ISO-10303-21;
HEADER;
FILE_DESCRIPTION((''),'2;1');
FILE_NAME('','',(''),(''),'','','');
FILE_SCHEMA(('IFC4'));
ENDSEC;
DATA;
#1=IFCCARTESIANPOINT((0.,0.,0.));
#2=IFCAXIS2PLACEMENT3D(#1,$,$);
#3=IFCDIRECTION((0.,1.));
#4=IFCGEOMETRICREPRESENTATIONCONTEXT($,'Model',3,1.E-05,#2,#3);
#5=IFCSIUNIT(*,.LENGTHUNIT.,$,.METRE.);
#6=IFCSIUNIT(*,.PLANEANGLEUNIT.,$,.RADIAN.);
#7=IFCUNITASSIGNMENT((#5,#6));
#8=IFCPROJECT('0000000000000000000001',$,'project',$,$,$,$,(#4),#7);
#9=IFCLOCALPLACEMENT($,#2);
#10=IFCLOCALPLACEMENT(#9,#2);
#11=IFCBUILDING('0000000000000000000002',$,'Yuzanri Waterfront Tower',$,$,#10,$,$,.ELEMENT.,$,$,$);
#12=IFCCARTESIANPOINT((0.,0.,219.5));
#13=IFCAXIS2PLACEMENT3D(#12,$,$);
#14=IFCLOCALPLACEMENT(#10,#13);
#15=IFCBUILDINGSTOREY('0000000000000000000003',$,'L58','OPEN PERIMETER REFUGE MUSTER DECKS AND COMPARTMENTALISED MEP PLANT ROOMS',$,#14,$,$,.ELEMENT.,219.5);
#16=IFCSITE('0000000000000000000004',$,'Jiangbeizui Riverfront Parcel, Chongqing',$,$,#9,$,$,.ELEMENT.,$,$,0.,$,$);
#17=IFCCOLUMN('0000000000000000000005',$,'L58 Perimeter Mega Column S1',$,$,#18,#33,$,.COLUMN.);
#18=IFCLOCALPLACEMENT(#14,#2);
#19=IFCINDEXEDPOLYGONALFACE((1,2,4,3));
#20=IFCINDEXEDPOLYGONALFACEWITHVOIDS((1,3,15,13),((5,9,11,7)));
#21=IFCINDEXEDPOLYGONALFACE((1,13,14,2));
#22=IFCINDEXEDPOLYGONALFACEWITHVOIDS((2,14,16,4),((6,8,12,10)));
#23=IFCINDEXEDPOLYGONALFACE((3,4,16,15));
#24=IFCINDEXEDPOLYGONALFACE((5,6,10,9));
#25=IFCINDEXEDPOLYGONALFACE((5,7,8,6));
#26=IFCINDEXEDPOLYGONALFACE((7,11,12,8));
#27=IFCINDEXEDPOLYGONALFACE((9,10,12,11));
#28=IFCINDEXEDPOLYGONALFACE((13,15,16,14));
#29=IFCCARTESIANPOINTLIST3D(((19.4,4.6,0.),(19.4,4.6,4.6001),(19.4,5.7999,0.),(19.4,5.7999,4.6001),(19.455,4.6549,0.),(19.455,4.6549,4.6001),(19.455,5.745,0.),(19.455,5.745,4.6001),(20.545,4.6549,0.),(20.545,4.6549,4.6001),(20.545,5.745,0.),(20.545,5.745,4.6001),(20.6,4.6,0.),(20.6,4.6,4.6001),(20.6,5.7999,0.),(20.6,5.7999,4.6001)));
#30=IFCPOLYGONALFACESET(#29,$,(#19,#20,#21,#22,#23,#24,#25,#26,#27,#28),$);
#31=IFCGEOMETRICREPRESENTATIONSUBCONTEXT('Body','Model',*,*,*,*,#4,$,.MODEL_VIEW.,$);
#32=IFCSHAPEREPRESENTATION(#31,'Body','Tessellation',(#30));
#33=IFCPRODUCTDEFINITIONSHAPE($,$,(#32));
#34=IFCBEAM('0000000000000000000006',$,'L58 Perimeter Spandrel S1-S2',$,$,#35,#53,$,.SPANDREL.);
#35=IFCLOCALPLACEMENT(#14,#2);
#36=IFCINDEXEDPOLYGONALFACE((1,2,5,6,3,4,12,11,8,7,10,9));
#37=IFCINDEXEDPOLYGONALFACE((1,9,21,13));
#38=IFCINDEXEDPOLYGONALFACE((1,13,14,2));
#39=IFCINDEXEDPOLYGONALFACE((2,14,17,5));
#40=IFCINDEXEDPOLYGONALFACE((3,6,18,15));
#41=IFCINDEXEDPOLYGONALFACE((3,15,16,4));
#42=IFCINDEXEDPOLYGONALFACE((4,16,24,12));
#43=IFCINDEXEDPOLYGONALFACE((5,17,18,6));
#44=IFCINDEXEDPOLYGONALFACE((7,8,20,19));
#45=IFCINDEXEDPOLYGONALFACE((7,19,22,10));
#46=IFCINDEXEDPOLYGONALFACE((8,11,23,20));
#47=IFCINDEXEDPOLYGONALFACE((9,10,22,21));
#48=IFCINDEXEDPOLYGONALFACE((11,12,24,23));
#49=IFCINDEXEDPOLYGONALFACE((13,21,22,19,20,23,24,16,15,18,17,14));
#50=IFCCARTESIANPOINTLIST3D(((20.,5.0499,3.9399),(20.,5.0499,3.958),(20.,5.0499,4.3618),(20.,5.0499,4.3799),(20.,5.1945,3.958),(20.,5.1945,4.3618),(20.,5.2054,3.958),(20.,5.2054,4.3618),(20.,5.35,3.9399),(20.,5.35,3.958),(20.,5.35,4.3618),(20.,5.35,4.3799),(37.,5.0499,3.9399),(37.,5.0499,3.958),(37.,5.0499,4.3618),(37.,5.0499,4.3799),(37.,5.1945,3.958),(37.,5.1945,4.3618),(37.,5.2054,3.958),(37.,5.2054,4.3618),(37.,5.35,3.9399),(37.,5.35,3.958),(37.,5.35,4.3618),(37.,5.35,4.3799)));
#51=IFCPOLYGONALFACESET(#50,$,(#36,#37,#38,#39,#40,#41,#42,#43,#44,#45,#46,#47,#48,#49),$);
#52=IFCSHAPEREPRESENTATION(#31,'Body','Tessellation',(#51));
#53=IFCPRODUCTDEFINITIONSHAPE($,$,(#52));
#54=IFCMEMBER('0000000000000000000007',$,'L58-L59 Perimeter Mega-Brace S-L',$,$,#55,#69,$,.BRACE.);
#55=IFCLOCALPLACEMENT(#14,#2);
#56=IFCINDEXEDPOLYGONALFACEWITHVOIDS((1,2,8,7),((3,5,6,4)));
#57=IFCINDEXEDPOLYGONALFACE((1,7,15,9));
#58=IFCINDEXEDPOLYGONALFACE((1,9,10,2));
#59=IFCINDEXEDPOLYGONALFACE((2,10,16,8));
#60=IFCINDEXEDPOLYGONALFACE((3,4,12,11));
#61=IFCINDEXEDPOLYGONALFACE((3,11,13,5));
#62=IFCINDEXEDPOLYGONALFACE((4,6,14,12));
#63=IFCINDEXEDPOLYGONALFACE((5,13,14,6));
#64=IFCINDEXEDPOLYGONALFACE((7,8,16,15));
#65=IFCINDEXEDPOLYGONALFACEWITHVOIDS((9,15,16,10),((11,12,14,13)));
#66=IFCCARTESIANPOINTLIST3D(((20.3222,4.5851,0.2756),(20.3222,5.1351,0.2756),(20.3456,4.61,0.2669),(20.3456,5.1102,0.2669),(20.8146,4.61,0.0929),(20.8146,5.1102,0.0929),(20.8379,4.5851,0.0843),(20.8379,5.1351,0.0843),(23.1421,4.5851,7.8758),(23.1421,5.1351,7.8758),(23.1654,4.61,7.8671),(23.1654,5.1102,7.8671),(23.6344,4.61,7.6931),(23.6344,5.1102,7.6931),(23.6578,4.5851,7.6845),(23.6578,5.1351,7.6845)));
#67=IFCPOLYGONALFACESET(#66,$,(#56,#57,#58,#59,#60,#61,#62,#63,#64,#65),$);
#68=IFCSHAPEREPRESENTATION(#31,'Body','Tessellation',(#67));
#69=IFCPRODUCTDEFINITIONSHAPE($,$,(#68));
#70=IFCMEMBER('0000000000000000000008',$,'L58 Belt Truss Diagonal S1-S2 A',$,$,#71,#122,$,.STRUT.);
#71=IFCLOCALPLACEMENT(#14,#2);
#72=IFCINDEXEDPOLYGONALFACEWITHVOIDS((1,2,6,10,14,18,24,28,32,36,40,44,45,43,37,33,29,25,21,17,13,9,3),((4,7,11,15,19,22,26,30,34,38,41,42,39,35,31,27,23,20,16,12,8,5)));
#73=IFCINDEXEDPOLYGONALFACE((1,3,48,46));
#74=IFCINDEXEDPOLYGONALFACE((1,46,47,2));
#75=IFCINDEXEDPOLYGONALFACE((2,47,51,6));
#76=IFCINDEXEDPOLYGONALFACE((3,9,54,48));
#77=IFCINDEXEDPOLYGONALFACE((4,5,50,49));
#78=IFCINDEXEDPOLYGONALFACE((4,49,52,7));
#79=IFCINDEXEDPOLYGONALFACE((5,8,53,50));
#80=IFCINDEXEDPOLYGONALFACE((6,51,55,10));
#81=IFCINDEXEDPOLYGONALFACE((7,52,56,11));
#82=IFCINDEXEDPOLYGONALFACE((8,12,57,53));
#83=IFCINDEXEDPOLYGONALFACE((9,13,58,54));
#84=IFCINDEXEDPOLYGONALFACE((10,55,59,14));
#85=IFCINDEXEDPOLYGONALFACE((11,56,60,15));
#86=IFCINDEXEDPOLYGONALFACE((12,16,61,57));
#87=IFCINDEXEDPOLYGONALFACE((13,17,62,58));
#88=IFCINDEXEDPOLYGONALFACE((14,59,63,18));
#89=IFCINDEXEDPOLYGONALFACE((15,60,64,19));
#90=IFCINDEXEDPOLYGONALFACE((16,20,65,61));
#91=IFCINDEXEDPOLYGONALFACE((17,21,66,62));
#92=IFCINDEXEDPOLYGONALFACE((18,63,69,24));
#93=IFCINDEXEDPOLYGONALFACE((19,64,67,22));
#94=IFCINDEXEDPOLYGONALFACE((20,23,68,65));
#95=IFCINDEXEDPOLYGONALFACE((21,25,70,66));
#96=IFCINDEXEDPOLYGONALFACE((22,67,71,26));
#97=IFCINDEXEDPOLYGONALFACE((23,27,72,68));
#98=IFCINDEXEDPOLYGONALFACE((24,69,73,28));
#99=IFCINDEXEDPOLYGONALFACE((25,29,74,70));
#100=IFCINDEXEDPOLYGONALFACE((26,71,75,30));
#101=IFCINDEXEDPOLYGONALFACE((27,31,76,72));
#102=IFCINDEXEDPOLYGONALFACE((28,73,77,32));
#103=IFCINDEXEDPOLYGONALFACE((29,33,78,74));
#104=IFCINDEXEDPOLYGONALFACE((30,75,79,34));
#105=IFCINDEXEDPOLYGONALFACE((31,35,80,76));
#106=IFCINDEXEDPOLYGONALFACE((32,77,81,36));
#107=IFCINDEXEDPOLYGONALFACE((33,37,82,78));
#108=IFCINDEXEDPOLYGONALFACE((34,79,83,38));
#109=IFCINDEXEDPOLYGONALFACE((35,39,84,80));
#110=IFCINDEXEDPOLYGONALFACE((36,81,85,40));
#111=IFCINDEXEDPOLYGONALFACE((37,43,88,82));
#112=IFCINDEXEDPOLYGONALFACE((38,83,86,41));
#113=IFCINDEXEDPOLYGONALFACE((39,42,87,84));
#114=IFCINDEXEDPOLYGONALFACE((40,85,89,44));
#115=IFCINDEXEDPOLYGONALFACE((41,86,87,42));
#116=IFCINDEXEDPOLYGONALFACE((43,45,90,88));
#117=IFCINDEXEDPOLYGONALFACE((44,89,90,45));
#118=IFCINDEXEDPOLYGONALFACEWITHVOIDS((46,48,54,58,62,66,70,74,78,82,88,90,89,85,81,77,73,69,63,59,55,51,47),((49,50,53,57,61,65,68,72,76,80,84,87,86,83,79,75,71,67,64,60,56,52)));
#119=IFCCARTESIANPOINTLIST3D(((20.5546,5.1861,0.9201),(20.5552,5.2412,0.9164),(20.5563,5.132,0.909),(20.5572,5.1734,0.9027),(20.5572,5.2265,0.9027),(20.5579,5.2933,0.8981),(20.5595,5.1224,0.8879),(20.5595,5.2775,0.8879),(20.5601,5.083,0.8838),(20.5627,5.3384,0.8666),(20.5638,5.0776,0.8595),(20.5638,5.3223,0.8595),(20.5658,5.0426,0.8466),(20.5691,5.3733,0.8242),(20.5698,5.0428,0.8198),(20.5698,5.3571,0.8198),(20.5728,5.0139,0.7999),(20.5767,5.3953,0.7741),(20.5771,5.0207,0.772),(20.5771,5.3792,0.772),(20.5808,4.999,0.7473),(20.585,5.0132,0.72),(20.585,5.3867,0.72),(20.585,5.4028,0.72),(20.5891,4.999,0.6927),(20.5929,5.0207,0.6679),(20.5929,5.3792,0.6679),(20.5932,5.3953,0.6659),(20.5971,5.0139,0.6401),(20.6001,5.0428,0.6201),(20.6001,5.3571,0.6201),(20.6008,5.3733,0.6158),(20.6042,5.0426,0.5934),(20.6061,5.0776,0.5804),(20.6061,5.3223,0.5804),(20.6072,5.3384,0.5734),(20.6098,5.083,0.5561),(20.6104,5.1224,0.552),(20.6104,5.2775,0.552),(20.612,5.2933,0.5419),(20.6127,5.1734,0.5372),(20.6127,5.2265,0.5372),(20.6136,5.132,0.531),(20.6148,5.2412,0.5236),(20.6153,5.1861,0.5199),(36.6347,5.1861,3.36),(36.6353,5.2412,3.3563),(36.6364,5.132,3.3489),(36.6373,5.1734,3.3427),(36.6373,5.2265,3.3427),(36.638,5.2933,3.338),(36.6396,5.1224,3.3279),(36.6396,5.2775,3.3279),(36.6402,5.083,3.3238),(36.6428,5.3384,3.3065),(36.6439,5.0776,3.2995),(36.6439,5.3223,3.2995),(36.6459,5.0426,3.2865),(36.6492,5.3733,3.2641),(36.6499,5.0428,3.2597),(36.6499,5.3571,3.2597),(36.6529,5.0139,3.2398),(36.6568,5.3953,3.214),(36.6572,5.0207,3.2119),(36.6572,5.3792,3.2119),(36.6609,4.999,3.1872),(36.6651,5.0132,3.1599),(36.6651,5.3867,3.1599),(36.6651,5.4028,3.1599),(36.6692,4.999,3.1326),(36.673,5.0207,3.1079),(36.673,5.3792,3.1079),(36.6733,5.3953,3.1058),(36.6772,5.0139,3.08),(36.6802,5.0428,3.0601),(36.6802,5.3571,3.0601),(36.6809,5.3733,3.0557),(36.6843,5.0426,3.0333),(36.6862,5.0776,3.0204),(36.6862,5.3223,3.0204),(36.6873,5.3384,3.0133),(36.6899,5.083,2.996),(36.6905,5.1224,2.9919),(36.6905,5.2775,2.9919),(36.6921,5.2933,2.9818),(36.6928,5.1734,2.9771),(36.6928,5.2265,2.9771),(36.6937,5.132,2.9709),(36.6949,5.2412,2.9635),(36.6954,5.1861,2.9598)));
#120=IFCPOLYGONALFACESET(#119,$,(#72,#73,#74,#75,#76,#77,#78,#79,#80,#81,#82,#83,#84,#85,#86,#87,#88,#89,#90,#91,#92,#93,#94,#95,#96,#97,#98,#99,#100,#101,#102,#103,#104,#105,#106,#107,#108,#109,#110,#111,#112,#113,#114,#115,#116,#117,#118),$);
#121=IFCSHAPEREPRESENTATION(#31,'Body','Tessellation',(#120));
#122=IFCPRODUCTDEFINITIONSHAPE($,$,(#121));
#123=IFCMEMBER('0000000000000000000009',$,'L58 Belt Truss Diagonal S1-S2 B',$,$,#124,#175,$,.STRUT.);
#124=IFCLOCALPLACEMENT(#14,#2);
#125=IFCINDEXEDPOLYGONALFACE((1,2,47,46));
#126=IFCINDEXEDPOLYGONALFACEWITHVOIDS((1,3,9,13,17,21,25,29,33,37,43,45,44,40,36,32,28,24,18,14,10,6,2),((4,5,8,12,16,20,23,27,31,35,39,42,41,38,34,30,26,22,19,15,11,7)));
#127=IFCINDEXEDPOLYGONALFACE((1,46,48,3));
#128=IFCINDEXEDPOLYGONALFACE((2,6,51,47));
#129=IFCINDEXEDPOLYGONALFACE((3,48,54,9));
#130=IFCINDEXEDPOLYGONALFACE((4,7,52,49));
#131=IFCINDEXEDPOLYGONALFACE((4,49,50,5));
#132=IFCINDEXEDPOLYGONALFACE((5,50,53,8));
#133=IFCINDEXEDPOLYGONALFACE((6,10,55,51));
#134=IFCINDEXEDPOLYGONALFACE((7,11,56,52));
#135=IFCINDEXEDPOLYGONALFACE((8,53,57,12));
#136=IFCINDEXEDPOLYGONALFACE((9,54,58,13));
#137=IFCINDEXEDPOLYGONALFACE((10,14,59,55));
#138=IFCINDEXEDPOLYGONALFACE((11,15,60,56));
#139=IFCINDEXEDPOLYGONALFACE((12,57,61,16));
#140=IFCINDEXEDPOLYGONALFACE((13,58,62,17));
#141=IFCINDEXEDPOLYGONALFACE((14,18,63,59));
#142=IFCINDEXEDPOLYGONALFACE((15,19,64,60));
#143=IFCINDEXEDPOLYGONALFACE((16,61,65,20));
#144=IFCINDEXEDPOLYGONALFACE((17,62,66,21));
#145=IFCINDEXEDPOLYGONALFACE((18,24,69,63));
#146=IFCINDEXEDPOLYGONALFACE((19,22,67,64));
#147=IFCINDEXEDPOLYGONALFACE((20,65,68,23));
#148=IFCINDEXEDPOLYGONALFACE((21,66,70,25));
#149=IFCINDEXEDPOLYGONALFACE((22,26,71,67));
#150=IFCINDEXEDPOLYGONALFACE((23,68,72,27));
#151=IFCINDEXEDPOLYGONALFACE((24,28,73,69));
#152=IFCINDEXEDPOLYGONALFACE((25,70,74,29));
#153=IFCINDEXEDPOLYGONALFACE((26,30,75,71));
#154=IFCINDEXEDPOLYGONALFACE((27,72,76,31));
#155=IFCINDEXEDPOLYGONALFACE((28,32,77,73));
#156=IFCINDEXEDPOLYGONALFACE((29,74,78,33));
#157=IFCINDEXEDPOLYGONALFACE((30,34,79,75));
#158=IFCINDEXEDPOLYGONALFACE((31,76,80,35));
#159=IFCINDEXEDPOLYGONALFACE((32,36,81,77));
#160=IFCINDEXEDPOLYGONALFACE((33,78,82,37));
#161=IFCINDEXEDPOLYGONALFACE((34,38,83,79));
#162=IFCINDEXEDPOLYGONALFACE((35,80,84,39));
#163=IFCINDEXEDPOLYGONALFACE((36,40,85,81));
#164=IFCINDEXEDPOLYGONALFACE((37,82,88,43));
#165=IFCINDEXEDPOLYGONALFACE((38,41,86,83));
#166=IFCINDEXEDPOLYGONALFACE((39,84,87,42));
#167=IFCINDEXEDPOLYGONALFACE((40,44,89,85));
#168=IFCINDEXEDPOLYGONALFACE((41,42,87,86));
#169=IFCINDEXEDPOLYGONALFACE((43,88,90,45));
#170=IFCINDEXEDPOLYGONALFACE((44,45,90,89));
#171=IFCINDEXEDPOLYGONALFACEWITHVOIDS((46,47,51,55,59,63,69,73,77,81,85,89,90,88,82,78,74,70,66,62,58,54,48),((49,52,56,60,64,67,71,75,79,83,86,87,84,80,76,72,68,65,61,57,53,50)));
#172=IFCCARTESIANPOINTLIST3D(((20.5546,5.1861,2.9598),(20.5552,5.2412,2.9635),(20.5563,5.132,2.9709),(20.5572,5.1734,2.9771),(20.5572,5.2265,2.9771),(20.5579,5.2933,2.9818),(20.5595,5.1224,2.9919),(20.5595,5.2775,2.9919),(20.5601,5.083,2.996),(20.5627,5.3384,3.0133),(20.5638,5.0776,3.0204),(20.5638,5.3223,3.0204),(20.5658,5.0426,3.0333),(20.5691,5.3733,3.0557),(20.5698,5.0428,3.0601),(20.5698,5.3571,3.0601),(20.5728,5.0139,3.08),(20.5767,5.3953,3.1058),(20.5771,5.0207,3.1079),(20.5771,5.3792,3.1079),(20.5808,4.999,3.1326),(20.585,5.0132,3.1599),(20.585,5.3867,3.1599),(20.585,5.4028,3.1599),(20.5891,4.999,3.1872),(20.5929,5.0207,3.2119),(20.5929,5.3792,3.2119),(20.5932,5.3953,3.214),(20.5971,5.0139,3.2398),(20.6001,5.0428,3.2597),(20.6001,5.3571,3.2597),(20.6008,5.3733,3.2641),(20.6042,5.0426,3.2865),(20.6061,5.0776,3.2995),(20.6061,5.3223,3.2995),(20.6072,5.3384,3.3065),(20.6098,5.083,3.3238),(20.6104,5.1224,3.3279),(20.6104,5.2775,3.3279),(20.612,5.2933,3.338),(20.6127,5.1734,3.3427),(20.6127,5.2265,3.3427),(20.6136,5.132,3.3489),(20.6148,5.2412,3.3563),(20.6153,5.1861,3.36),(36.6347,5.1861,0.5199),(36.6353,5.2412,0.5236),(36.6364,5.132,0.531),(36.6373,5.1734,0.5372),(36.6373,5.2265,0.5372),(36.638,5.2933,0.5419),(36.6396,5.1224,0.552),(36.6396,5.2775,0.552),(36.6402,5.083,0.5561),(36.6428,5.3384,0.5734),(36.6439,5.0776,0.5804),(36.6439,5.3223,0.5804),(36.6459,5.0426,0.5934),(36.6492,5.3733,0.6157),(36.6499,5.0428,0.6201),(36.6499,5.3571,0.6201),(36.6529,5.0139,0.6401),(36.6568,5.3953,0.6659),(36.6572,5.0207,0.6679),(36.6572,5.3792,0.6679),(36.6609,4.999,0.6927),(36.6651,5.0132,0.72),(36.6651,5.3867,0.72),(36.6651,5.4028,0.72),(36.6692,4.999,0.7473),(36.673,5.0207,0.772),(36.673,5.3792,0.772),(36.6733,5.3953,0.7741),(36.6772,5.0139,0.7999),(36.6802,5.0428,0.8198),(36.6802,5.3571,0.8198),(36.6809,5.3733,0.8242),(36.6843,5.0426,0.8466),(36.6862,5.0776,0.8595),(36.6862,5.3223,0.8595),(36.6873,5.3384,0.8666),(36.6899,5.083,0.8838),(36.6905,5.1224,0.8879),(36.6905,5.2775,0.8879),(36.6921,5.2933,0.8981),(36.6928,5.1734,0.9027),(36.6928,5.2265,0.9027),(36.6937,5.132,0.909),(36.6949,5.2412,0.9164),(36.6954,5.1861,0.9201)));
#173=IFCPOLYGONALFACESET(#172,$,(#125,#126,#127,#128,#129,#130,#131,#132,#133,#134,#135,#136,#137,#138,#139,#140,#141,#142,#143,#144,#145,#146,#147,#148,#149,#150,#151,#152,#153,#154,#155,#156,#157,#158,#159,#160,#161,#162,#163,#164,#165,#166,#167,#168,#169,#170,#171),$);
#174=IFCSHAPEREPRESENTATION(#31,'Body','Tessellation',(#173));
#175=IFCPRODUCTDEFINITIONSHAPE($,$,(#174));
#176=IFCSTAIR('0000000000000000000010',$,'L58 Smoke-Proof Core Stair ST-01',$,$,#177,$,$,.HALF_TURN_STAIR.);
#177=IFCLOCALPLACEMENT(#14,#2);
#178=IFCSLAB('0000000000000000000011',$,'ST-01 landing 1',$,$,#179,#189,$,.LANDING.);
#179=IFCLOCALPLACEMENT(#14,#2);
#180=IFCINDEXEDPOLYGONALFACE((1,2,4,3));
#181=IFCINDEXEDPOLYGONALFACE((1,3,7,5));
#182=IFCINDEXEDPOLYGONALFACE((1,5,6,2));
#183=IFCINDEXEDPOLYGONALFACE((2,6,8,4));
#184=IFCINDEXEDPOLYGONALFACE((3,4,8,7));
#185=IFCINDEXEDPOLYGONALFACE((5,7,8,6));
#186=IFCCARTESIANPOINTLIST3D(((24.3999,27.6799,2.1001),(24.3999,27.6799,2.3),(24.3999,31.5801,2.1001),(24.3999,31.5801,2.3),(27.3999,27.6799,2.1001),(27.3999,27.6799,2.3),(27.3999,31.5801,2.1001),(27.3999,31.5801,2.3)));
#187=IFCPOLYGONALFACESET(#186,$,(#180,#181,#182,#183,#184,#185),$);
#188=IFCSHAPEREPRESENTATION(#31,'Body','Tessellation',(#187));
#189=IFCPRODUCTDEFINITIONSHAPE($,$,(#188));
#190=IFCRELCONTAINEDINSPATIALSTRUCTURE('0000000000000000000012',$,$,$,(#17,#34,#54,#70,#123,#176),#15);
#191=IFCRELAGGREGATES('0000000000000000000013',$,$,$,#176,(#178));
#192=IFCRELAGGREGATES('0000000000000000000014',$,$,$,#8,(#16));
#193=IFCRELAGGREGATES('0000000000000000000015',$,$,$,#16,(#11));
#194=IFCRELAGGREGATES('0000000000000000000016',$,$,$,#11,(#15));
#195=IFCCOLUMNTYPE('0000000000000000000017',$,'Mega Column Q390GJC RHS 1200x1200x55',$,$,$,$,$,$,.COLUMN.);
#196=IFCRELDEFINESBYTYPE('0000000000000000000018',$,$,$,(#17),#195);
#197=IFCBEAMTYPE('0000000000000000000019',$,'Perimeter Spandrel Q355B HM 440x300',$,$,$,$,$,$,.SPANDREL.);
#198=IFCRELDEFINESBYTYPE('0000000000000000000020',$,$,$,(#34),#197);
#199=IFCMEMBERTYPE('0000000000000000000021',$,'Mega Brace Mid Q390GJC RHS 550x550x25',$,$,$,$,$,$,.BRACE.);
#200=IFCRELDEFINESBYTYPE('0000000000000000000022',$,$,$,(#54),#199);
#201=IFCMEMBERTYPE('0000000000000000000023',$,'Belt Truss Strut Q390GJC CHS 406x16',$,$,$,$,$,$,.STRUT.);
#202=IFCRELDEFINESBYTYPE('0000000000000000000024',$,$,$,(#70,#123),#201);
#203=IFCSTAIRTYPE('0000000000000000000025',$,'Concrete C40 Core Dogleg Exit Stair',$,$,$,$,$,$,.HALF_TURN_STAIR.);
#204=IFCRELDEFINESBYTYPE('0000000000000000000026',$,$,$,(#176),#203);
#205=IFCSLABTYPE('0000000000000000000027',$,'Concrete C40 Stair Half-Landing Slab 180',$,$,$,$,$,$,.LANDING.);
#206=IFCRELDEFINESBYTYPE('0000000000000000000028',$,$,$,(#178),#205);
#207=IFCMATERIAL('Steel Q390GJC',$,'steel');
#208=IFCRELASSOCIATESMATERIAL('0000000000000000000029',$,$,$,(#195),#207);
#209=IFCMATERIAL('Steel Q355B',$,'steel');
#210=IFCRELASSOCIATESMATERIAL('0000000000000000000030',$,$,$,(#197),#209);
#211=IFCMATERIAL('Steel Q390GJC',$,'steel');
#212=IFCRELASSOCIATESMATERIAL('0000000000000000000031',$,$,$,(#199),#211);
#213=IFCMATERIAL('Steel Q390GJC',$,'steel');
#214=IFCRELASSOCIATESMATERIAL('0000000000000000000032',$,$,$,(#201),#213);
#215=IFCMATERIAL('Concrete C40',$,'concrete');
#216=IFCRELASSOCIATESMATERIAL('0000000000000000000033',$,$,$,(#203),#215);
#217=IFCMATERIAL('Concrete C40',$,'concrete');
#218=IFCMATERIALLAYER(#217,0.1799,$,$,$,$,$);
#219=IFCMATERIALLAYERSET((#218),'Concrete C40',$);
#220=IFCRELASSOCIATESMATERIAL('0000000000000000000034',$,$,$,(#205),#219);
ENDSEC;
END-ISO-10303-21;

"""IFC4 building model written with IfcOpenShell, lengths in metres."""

from ifc_helpers import new_model, si_unit, direction, frame, origin, origin_2d, place, context, subcontext, project, spatial, polyline, hollow_rectangle, hollow_circle, i_section, outline, extrude, source, transform, mapped, material, layer, layer_set, material_profile, profile_set, type_object, element, aggregate, save


model = new_model("IFC4")

# Units and contexts
model_context = context("Model", 3, precision=1e-05, world=origin(), true_north=direction((0.0, 1.0)))
body_context = subcontext(model_context, "Body", "Model", "MODEL_VIEW")
ifc_project = project(units=[si_unit("LENGTHUNIT", "METRE"), si_unit("PLANEANGLEUNIT", "RADIAN")], contexts=[model_context])

# Site, building, storey
site_placement = place(None, origin())
site = spatial("IfcSite", under=ifc_project, at=site_placement, Name="Jiangbeizui Riverfront Parcel, Chongqing", CompositionType="ELEMENT", RefElevation=0.0)
building_placement = place(site_placement, origin())
building = spatial("IfcBuilding", under=site, at=building_placement, Name="Yuzanri Waterfront Tower", CompositionType="ELEMENT")
storey_placement = place(building_placement, frame((0.0, 0.0, 219.5)))
storey = spatial("IfcBuildingStorey", under=building, at=storey_placement, Name="L58", Description="OPEN PERIMETER REFUGE MUSTER DECKS AND COMPARTMENTALISED MEP PLANT ROOMS", CompositionType="ELEMENT", Elevation=219.5)

# Column
ifc_material_1 = material(Name="Steel Q390GJC", Category="steel")
ifc_material_profile_1 = material_profile(ifc_material_1, hollow_rectangle(XDim=1.2, YDim=1.2, WallThickness=0.0549, at=origin_2d()), Name="RHS 1200x1200x55")
ifc_profile_set_1 = profile_set([ifc_material_profile_1], Name="Steel Q390GJC")
column_type = type_object("IfcColumnType", Name="Mega Column Q390GJC RHS 1200x1200x55", PredefinedType="COLUMN", material=ifc_profile_set_1)
shared_shape_1 = source(origin(), body_context, "Body", "SweptSolid", [
    extrude(hollow_rectangle(XDim=1.2, YDim=1.2, WallThickness=0.0549, at=origin_2d()), origin(), (0.0, 0.0, 1.0), 4.6001),
])
column_placement = place(storey_placement, frame((20.0, 5.2, 0.0), z_axis=(0.0, 0.0, 1.0), x_axis=(1.0, 0.0, 0.0)))
element("IfcColumn", 1, at=column_placement, inside=storey, type_object=column_type, Name="L58 Perimeter Mega Column S1", PredefinedType="COLUMN", context=body_context, shape_type="MappedRepresentation", body=[
    mapped(shared_shape_1, transform((0.0, 0.0, 0.0), scale=1.0)),
])

# Beam
ifc_material_2 = material(Name="Steel Q355B", Category="steel")
ifc_material_profile_2 = material_profile(ifc_material_2, i_section(OverallWidth=0.3, OverallDepth=0.4399, WebThickness=0.011, FlangeThickness=0.0181, at=origin_2d()), Name="HM 440x300x11x18")
ifc_profile_set_2 = profile_set([ifc_material_profile_2], Name="Steel Q355B")
beam_type = type_object("IfcBeamType", Name="Perimeter Spandrel Q355B HM 440x300", PredefinedType="SPANDREL", material=ifc_profile_set_2)
shared_shape_2 = source(origin(), body_context, "Body", "SweptSolid", [
    extrude(i_section(OverallWidth=0.3, OverallDepth=0.4399, WebThickness=0.011, FlangeThickness=0.0181, at=origin_2d()), origin(), (0.0, 0.0, 1.0), 17.0),
])
beam_placement = place(storey_placement, frame((20.0, 5.2, 4.1599), z_axis=(1.0, 0.0, 0.0), x_axis=(0.0, 1.0, 0.0)))
element("IfcBeam", 2, at=beam_placement, inside=storey, type_object=beam_type, Name="L58 Perimeter Spandrel S1-S2", PredefinedType="SPANDREL", context=body_context, shape_type="MappedRepresentation", body=[
    mapped(shared_shape_2, transform((0.0, 0.0, 0.0), scale=1.0)),
])

# Members
ifc_material_3 = material(Name="Steel Q390GJC", Category="steel")
ifc_material_profile_3 = material_profile(ifc_material_3, hollow_rectangle(XDim=0.55, YDim=0.55, WallThickness=0.0249, at=origin_2d()), Name="RHS 550x550x25")
ifc_profile_set_3 = profile_set([ifc_material_profile_3], Name="Steel Q390GJC")
member_type_1 = type_object("IfcMemberType", Name="Mega Brace Mid Q390GJC RHS 550x550x25", PredefinedType="BRACE", material=ifc_profile_set_3)
shared_shape_3 = source(origin(), body_context, "Body", "SweptSolid", [
    extrude(hollow_rectangle(XDim=0.55, YDim=0.55, WallThickness=0.0249, at=origin_2d()), origin(), (0.0, 0.0, 1.0), 8.1064),
])
member_placement = place(storey_placement, frame((20.5801, 4.8601, 0.1799), z_axis=(0.347854, 0.0, 0.937549), x_axis=(0.0, 1.0, 0.0)))
element("IfcMember", 3, at=member_placement, inside=storey, type_object=member_type_1, Name="L58-L59 Perimeter Mega-Brace S-L", PredefinedType="BRACE", context=body_context, shape_type="MappedRepresentation", body=[
    mapped(shared_shape_3, transform((0.0, 0.0, 0.0), scale=1.0)),
])
ifc_material_4 = material(Name="Steel Q390GJC", Category="steel")
ifc_material_profile_4 = material_profile(ifc_material_4, hollow_circle(Radius=0.2029, WallThickness=0.0161, at=origin_2d()), Name="CHS 406x16")
ifc_profile_set_4 = profile_set([ifc_material_profile_4], Name="Steel Q390GJC")
member_type_2 = type_object("IfcMemberType", Name="Belt Truss Strut Q390GJC CHS 406x16", PredefinedType="STRUT", material=ifc_profile_set_4)
shared_shape_4 = source(origin(), body_context, "Body", "SweptSolid", [
    extrude(hollow_circle(Radius=0.2029, WallThickness=0.0161, at=origin_2d()), origin(), (0.0, 0.0, 1.0), 16.2642),
])
for number, where, z_axis, x_axis, name in (
    (4, (20.585, 5.2, 0.72), (0.988683, 0.0, 0.15002), (0.0, 1.0, 0.0), "L58 Belt Truss Diagonal S1-S2 A"),
    (5, (20.585, 5.2, 3.1599), (0.988683, 0.0, -0.15002), (0.0, 1.0, 0.0), "L58 Belt Truss Diagonal S1-S2 B"),
):
    element("IfcMember", number, at=place(storey_placement, frame(where, z_axis=z_axis, x_axis=x_axis)), inside=storey, type_object=member_type_2, Name=name, PredefinedType="STRUT", context=body_context, shape_type="MappedRepresentation", body=[
        mapped(shared_shape_4, transform((0.0, 0.0, 0.0), scale=1.0)),
    ])

# Stair, slab
ifc_material_5 = material(Name="Concrete C40", Category="concrete")
stair_type = type_object("IfcStairType", Name="Concrete C40 Core Dogleg Exit Stair", PredefinedType="HALF_TURN_STAIR", material=ifc_material_5)
stair_1_placement = place(storey_placement, origin())
stair_1 = element("IfcStair", 6, at=stair_1_placement, inside=storey, type_object=stair_type, Name="L58 Smoke-Proof Core Stair ST-01", PredefinedType="HALF_TURN_STAIR")
ifc_material_6 = material(Name="Concrete C40", Category="concrete")
ifc_layer_1 = layer(ifc_material_6, 0.1799)
ifc_layer_set_1 = layer_set([ifc_layer_1], Name="Concrete C40")
slab_type_1 = type_object("IfcSlabType", Name="Concrete C40 Stair Half-Landing Slab 180", PredefinedType="LANDING", material=ifc_layer_set_1)
slab_1_placement = place(storey_placement, frame((0.0, 0.0, 2.1001)))
slab_1 = element("IfcSlab", 7, at=slab_1_placement, type_object=slab_type_1, Name="ST-01 landing 1", PredefinedType="LANDING", context=body_context, shape_type="SweptSolid", body=[
    extrude(outline(polyline([(27.3999, 27.6799), (27.3999, 31.5801), (24.3999, 31.5801), (24.3999, 27.6799), (27.3999, 27.6799)])), origin(), (0.0, 0.0, 1.0), 0.2),
])
aggregate(stair_1, [slab_1])

save(model, "model.ifc")
